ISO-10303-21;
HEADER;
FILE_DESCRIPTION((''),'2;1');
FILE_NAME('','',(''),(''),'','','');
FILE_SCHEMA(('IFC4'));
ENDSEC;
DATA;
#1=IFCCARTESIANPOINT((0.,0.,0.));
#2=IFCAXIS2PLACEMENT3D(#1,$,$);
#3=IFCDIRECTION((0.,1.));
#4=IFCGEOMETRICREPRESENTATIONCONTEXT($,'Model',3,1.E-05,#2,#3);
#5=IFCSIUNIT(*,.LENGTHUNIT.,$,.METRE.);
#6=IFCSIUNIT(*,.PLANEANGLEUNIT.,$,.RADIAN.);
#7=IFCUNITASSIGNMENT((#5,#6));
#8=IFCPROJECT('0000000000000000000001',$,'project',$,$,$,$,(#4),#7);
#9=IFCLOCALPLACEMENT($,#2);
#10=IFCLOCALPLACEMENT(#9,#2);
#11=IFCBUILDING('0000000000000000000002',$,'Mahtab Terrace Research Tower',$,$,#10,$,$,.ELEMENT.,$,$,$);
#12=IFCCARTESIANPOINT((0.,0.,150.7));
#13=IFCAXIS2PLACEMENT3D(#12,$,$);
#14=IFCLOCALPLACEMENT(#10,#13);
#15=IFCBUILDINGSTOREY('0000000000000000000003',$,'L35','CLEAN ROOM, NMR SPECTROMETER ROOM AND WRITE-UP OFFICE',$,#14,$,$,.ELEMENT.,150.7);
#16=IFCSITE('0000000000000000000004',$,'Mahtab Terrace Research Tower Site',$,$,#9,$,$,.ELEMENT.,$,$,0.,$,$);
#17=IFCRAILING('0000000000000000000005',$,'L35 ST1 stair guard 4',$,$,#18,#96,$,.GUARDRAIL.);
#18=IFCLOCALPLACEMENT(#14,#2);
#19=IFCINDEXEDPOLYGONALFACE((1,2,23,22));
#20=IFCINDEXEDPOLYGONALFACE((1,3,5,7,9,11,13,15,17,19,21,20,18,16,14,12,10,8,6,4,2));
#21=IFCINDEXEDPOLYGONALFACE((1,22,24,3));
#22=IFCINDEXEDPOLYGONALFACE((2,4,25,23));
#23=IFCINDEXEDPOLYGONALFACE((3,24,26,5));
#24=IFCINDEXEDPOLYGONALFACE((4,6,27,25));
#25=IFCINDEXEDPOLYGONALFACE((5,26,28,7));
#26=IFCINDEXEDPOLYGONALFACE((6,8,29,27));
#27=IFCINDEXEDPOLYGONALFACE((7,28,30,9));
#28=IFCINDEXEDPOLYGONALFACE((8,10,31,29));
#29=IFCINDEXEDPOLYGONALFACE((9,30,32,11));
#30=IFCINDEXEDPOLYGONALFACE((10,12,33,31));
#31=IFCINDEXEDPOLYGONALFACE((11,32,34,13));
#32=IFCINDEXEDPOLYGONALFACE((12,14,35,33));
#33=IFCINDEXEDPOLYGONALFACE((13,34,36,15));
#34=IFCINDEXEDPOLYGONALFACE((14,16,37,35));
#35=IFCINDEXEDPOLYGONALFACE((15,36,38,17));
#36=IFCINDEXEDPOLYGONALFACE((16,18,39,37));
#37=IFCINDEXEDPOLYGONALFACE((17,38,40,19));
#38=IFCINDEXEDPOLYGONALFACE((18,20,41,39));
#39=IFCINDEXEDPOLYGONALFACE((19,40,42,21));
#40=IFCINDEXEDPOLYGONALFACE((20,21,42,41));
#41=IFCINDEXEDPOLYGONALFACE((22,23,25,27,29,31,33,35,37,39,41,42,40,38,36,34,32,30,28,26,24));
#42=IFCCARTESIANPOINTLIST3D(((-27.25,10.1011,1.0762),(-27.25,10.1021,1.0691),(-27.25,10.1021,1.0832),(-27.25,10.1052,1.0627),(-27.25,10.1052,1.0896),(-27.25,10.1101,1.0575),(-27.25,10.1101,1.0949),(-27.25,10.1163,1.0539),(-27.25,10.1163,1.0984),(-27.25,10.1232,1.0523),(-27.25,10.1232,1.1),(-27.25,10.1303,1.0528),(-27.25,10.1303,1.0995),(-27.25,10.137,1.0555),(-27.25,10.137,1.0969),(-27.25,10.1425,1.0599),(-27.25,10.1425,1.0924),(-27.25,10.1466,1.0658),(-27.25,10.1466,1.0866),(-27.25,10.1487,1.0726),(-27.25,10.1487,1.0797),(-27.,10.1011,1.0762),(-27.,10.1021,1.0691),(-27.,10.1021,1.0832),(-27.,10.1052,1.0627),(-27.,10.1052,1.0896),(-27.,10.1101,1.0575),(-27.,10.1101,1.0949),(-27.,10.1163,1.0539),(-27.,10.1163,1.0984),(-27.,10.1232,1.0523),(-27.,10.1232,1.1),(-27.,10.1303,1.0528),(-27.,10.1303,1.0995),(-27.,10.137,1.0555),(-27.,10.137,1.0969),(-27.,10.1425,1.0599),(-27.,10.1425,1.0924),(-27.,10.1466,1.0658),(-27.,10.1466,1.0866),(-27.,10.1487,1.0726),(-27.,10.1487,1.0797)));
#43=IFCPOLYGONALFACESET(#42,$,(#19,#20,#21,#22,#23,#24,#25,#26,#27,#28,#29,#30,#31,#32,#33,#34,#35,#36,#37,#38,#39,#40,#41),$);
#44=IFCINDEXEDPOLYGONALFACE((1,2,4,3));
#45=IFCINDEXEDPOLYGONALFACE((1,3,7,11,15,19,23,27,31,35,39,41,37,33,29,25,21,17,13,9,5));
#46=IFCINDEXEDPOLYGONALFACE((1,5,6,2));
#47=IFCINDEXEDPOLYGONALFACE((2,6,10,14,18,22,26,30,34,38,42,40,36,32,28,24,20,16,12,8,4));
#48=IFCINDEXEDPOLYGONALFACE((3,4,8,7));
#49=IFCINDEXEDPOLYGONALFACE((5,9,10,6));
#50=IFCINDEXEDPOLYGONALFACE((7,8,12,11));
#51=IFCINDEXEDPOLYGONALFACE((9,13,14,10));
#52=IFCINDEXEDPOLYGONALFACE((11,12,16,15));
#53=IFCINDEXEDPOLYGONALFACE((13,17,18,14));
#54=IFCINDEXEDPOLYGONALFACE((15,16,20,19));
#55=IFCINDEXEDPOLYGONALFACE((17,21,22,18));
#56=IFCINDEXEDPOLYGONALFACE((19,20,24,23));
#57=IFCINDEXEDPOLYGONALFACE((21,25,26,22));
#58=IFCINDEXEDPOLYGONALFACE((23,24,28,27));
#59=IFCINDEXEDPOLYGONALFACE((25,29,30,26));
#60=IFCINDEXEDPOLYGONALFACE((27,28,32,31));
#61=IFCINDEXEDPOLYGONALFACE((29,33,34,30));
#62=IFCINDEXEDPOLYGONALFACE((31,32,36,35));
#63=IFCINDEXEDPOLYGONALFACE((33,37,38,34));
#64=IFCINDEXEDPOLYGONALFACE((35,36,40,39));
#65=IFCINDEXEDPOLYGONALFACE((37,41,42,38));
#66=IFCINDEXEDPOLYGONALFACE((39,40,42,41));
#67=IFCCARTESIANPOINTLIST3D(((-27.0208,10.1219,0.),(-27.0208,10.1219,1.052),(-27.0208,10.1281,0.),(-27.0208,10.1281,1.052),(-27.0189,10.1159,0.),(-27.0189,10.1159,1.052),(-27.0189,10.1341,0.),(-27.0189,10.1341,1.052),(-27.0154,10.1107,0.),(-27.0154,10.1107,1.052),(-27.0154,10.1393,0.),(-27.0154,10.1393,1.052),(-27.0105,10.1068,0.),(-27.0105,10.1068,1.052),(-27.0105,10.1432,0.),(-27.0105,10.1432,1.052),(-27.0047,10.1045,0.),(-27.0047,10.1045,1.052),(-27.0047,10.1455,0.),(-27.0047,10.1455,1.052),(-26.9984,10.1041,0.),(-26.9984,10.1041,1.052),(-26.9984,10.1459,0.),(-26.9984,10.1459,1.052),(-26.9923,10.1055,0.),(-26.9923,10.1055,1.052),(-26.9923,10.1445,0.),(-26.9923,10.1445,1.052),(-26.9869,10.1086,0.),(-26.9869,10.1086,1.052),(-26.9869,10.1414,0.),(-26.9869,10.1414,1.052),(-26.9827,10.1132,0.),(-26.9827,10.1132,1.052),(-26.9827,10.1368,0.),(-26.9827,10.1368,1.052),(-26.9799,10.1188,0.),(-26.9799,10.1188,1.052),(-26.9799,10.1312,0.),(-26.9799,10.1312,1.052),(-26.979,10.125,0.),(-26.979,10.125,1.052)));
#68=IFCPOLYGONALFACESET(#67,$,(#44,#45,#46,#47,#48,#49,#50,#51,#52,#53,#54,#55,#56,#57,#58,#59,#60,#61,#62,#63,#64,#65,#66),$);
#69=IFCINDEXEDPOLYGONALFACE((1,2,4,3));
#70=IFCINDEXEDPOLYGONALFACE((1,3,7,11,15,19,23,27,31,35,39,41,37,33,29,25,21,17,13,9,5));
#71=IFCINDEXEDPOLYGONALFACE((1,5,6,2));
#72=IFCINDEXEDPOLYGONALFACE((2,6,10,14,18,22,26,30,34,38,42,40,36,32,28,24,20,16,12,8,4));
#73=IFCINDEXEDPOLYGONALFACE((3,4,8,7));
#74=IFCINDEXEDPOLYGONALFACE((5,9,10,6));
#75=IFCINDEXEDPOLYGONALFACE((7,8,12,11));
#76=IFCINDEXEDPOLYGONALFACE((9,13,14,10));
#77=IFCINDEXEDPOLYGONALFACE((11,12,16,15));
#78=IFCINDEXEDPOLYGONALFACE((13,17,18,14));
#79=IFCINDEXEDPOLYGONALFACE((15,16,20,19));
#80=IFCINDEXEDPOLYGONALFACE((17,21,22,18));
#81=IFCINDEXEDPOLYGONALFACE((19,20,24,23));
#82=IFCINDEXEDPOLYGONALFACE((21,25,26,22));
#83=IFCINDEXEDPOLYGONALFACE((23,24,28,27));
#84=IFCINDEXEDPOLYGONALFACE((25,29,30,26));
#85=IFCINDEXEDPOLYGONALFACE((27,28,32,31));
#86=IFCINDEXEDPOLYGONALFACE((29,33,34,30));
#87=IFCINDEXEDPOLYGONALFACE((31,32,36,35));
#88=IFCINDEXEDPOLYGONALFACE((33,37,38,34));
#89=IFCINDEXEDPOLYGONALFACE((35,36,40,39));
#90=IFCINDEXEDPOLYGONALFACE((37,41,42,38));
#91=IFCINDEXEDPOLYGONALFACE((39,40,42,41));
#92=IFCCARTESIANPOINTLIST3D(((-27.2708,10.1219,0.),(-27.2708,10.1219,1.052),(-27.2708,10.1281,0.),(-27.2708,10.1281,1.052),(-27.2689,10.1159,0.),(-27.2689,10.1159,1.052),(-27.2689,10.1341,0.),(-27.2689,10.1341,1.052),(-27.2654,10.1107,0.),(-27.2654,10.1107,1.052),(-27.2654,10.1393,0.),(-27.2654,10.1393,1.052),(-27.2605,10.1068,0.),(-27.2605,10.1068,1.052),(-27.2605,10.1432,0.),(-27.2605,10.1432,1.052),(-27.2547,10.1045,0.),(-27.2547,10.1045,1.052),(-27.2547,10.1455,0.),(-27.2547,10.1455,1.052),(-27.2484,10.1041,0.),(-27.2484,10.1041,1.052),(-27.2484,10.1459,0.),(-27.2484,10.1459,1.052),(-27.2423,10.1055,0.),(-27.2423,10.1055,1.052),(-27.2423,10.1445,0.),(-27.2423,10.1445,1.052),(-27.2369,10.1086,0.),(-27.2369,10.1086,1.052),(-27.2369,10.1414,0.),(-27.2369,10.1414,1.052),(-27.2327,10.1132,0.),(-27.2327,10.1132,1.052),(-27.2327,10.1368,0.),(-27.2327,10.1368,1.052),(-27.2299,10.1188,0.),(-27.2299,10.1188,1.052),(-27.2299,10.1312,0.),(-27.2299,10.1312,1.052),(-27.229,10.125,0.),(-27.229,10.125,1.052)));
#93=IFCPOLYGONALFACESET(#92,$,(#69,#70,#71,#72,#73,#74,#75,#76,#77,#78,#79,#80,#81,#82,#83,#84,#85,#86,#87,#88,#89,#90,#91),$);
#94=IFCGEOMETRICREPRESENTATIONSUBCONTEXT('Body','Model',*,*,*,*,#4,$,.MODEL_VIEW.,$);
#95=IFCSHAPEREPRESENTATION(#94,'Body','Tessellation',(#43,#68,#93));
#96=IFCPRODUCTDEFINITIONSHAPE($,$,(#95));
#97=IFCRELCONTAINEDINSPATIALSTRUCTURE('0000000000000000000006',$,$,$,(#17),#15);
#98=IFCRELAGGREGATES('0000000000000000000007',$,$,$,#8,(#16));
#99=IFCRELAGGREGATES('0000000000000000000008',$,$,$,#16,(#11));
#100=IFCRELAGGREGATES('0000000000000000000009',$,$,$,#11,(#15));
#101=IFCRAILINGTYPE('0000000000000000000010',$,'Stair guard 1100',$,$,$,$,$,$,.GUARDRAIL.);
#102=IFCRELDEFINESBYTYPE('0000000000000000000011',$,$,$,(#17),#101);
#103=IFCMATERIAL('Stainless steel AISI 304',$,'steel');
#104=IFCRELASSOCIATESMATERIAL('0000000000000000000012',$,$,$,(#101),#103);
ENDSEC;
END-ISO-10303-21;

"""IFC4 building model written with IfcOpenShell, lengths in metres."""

from ifc_helpers import new_model, si_unit, direction, frame, origin, origin_2d, place, context, subcontext, project, spatial, circle, extrude, material, type_object, element, save


model = new_model("IFC4")

# Units and contexts
model_context = context("Model", 3, precision=1e-05, world=origin(), true_north=direction((0.0, 1.0)))
body_context = subcontext(model_context, "Body", "Model", "MODEL_VIEW")
ifc_project = project(units=[si_unit("LENGTHUNIT", "METRE"), si_unit("PLANEANGLEUNIT", "RADIAN")], contexts=[model_context])

# Site, building, storey
site_placement = place(None, origin())
site = spatial("IfcSite", under=ifc_project, at=site_placement, Name="Mahtab Terrace Research Tower Site", CompositionType="ELEMENT", RefElevation=0.0)
building_placement = place(site_placement, origin())
building = spatial("IfcBuilding", under=site, at=building_placement, Name="Mahtab Terrace Research Tower", CompositionType="ELEMENT")
storey_placement = place(building_placement, frame((0.0, 0.0, 150.7)))
storey = spatial("IfcBuildingStorey", under=building, at=storey_placement, Name="L35", Description="CLEAN ROOM, NMR SPECTROMETER ROOM AND WRITE-UP OFFICE", CompositionType="ELEMENT", Elevation=150.7)

# Railing
ifc_material_1 = material(Name="Stainless steel AISI 304", Category="steel")
railing_type_1 = type_object("IfcRailingType", Name="Stair guard 1100", PredefinedType="GUARDRAIL", material=ifc_material_1)
railing_1_placement = place(storey_placement, frame((-27.0, 10.125, 0.0)))
element("IfcRailing", 1, at=railing_1_placement, inside=storey, type_object=railing_type_1, Name="L35 ST1 stair guard 4", PredefinedType="GUARDRAIL", context=body_context, shape_type="SweptSolid", body=[
    extrude(circle(Radius=0.0239, at=origin_2d()), frame((0.0, 0.0, 1.0762), z_axis=(-1.0, 0.0, 0.0), x_axis=(0.0, -1.0, 0.0)), (0.0, 0.0, 1.0), 0.25),
    extrude(circle(Radius=0.021, at=origin_2d()), origin(), (0.0, 0.0, 1.0), 1.052),
    extrude(circle(Radius=0.021, at=origin_2d()), frame((-0.25, 0.0, 0.0)), (0.0, 0.0, 1.0), 1.052),
])

save(model, "model.ifc")
